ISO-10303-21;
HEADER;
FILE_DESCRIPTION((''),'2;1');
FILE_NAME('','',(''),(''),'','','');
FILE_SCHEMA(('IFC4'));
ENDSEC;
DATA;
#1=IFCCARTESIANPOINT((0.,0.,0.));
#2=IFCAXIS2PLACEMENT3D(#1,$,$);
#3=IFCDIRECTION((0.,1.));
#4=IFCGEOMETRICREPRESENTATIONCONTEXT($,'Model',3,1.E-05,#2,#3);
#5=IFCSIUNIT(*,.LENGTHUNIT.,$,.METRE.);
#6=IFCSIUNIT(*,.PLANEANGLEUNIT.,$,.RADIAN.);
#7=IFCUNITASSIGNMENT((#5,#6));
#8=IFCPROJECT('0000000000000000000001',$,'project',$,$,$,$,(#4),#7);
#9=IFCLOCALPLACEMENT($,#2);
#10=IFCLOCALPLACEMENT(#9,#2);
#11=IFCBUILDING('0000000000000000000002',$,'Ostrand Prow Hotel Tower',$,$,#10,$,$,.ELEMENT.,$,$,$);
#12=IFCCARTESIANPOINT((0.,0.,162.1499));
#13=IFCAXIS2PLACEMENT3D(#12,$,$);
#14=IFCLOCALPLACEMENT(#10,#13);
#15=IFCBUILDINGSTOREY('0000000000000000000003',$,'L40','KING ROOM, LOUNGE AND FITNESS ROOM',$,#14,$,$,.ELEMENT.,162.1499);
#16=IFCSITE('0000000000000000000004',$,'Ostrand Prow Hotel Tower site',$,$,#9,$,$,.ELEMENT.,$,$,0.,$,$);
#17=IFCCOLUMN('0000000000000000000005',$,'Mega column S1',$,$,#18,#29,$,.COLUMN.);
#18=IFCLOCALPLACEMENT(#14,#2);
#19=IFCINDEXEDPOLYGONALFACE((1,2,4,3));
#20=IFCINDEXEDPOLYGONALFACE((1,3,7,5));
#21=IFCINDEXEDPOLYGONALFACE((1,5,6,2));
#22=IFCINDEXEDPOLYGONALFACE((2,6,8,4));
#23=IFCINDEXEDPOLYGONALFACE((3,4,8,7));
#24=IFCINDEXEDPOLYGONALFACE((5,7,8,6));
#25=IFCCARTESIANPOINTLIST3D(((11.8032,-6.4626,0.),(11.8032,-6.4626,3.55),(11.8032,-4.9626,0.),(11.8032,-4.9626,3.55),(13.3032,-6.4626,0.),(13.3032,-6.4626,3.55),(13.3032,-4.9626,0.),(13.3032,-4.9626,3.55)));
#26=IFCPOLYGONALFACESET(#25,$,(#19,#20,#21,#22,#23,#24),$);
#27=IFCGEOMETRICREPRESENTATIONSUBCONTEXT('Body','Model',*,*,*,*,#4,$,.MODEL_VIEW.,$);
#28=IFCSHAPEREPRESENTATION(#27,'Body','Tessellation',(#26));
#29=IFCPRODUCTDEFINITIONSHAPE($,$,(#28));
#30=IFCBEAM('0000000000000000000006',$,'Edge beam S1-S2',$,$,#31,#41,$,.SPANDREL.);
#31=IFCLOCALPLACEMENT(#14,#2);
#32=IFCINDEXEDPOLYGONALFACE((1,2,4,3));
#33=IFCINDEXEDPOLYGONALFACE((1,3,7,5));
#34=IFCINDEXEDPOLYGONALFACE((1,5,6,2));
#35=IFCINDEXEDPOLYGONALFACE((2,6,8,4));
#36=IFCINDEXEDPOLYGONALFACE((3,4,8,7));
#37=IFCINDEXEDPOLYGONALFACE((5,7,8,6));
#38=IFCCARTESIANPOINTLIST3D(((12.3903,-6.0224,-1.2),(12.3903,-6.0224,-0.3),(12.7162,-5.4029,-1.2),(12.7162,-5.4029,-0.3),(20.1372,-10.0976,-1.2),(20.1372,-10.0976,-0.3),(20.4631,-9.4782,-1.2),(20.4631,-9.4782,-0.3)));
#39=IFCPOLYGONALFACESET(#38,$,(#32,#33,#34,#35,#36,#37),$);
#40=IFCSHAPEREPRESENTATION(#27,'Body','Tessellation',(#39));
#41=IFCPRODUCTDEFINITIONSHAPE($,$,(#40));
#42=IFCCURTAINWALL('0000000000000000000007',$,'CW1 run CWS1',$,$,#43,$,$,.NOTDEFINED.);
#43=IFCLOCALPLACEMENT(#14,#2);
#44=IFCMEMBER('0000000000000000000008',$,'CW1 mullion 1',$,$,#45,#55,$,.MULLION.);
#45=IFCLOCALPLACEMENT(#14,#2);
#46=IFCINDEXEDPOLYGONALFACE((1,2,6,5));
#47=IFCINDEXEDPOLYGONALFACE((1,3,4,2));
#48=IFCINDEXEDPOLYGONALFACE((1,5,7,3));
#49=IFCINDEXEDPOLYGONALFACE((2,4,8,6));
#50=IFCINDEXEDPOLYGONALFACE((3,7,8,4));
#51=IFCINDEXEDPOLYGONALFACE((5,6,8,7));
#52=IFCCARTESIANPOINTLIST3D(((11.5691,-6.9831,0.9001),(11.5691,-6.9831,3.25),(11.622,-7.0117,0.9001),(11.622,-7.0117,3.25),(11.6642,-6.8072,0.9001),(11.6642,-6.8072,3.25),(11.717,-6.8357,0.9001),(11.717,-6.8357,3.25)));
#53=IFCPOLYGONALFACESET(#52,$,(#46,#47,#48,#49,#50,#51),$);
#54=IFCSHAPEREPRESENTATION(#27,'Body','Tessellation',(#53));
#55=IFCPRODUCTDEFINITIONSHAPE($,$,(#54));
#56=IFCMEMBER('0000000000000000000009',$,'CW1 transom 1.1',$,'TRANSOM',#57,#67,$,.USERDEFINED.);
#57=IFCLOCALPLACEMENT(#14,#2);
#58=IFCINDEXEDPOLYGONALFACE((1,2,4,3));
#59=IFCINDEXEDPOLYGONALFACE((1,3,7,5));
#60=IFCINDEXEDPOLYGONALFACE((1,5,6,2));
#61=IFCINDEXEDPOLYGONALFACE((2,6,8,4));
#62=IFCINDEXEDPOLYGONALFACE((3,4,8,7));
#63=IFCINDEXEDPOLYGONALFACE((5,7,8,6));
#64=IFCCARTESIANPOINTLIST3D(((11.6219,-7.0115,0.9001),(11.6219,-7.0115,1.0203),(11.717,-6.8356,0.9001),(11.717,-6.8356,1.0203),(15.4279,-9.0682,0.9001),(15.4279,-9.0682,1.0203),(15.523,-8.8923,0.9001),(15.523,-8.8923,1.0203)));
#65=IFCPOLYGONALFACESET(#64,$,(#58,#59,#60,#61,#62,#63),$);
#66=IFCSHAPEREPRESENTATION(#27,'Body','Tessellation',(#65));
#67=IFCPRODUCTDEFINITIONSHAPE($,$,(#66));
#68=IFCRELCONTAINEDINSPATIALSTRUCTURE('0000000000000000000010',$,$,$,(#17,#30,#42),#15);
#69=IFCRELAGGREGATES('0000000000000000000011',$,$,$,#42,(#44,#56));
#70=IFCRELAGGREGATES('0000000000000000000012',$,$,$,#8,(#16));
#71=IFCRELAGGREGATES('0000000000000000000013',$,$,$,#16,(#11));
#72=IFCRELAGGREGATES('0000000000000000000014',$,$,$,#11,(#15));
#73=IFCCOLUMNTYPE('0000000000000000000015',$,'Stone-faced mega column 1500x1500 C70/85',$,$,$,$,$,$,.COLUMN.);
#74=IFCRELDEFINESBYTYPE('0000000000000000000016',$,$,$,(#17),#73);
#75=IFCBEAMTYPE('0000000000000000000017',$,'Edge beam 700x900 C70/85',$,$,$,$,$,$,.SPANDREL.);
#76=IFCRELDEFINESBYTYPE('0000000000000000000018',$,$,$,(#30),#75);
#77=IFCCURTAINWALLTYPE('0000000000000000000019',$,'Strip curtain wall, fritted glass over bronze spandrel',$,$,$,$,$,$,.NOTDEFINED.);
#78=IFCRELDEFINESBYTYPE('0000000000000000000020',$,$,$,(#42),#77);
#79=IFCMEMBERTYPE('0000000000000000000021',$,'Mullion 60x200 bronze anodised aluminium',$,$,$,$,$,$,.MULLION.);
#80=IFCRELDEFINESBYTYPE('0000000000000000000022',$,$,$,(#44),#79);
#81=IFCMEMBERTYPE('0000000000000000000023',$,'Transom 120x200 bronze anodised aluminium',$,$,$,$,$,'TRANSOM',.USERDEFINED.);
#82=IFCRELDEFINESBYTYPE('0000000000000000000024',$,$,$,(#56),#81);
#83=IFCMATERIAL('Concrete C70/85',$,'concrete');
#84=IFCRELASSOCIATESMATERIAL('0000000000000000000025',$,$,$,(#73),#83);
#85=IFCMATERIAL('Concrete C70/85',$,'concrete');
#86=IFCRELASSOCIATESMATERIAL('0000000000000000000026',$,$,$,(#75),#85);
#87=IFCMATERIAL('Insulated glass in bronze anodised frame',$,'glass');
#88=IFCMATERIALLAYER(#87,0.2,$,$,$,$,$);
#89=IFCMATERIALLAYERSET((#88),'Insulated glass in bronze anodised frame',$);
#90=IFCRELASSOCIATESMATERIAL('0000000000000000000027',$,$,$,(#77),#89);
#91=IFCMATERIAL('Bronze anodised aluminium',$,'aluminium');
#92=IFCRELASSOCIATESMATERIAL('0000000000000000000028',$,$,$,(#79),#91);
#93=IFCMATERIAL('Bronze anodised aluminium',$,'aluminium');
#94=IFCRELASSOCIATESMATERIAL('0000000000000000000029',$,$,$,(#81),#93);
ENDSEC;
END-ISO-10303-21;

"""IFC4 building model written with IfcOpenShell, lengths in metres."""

from ifc_helpers import new_model, si_unit, direction, frame, origin, origin_2d, place, context, subcontext, project, spatial, rectangle, extrude, material, layer, layer_set, material_profile, profile_set, type_object, element, aggregate, save


model = new_model("IFC4")

# Units and contexts
model_context = context("Model", 3, precision=1e-05, world=origin(), true_north=direction((0.0, 1.0)))
body_context = subcontext(model_context, "Body", "Model", "MODEL_VIEW")
ifc_project = project(units=[si_unit("LENGTHUNIT", "METRE"), si_unit("PLANEANGLEUNIT", "RADIAN")], contexts=[model_context])

# Site, building, storey
site_placement = place(None, origin())
site = spatial("IfcSite", under=ifc_project, at=site_placement, Name="Ostrand Prow Hotel Tower site", CompositionType="ELEMENT", RefElevation=0.0)
building_placement = place(site_placement, origin())
building = spatial("IfcBuilding", under=site, at=building_placement, Name="Ostrand Prow Hotel Tower", CompositionType="ELEMENT")
storey_placement = place(building_placement, frame((0.0, 0.0, 162.1499)))
storey = spatial("IfcBuildingStorey", under=building, at=storey_placement, Name="L40", Description="KING ROOM, LOUNGE AND FITNESS ROOM", CompositionType="ELEMENT", Elevation=162.1499)

# Column
ifc_material_1 = material(Name="Concrete C70/85", Category="concrete")
ifc_material_profile_1 = material_profile(ifc_material_1, rectangle(XDim=1.5, YDim=1.5, at=origin_2d()), Name="RC 1500x1500")
ifc_profile_set_1 = profile_set([ifc_material_profile_1], Name="Concrete C70/85")
column_type = type_object("IfcColumnType", Name="Stone-faced mega column 1500x1500 C70/85", PredefinedType="COLUMN", material=ifc_profile_set_1)
column_placement = place(storey_placement, frame((12.5532, -5.7126, 0.0), z_axis=(0.0, 0.0, 1.0), x_axis=(1.0, 0.0, 0.0)))
element("IfcColumn", 1, at=column_placement, inside=storey, type_object=column_type, Name="Mega column S1", PredefinedType="COLUMN", context=body_context, shape_type="SweptSolid", body=[
    extrude(rectangle(XDim=1.5, YDim=1.5, at=origin_2d()), origin(), (0.0, 0.0, 1.0), 3.55),
])

# Beam
ifc_material_2 = material(Name="Concrete C70/85", Category="concrete")
ifc_material_profile_2 = material_profile(ifc_material_2, rectangle(XDim=0.7, YDim=0.8999, at=origin_2d()), Name="RC 700x900")
ifc_profile_set_2 = profile_set([ifc_material_profile_2], Name="Concrete C70/85")
beam_type = type_object("IfcBeamType", Name="Edge beam 700x900 C70/85", PredefinedType="SPANDREL", material=ifc_profile_set_2)
beam_placement = place(storey_placement, frame((12.5532, -5.7126, -0.75), z_axis=(0.885016, -0.46556, 0.0), x_axis=(0.46556, 0.885016, 0.0)))
element("IfcBeam", 2, at=beam_placement, inside=storey, type_object=beam_type, Name="Edge beam S1-S2", PredefinedType="SPANDREL", context=body_context, shape_type="SweptSolid", body=[
    extrude(rectangle(XDim=0.7, YDim=0.8999, at=origin_2d()), origin(), (0.0, 0.0, 1.0), 8.7534),
])

# Curtain wall, members
ifc_material_3 = material(Name="Insulated glass in bronze anodised frame", Category="glass")
ifc_layer_1 = layer(ifc_material_3, 0.2)
ifc_layer_set_1 = layer_set([ifc_layer_1], Name="Insulated glass in bronze anodised frame")
curtain_wall_type = type_object("IfcCurtainWallType", Name="Strip curtain wall, fritted glass over bronze spandrel", PredefinedType="NOTDEFINED", material=ifc_layer_set_1)
curtain_wall_placement = place(storey_placement, origin())
curtain_wall = element("IfcCurtainWall", 3, at=curtain_wall_placement, inside=storey, type_object=curtain_wall_type, Name="CW1 run CWS1", PredefinedType="NOTDEFINED")
ifc_material_4 = material(Name="Bronze anodised aluminium", Category="aluminium")
ifc_material_profile_3 = material_profile(ifc_material_4, rectangle(XDim=0.2, YDim=0.0601, at=origin_2d()), Name="Mullion 60x200 bronze anodised aluminium")
ifc_profile_set_3 = profile_set([ifc_material_profile_3], Name="Bronze anodised aluminium")
member_type_1 = type_object("IfcMemberType", Name="Mullion 60x200 bronze anodised aluminium", PredefinedType="MULLION", material=ifc_profile_set_3)
member_1_placement = place(storey_placement, frame((11.6431, -6.9094, 0.9001), z_axis=(0.0, 0.0, 1.0), x_axis=(0.475394, 0.879773, 0.0)))
member_1 = element("IfcMember", 4, at=member_1_placement, type_object=member_type_1, Name="CW1 mullion 1", PredefinedType="MULLION", context=body_context, shape_type="SweptSolid", body=[
    extrude(rectangle(XDim=0.2, YDim=0.0601, at=origin_2d()), origin(), (0.0, 0.0, 1.0), 2.3499),
])
ifc_material_5 = material(Name="Bronze anodised aluminium", Category="aluminium")
ifc_material_profile_4 = material_profile(ifc_material_5, rectangle(XDim=0.2, YDim=0.1201, at=origin_2d()), Name="Transom 120x200 bronze anodised aluminium")
ifc_profile_set_4 = profile_set([ifc_material_profile_4], Name="Bronze anodised aluminium")
member_type_2 = type_object("IfcMemberType", Name="Transom 120x200 bronze anodised aluminium", ElementType="TRANSOM", PredefinedType="USERDEFINED", material=ifc_profile_set_4)
member_2_placement = place(storey_placement, frame((11.6694, -6.9236, 0.9602), z_axis=(0.879765, -0.475408, 0.0), x_axis=(0.475408, 0.879765, 0.0)))
member_2 = element("IfcMember", 5, at=member_2_placement, type_object=member_type_2, Name="CW1 transom 1.1", ObjectType="TRANSOM", PredefinedType="USERDEFINED", context=body_context, shape_type="SweptSolid", body=[
    extrude(rectangle(XDim=0.2, YDim=0.1201, at=origin_2d()), origin(), (0.0, 0.0, 1.0), 4.3262),
])
aggregate(curtain_wall, [member_1, member_2])

save(model, "model.ifc")
